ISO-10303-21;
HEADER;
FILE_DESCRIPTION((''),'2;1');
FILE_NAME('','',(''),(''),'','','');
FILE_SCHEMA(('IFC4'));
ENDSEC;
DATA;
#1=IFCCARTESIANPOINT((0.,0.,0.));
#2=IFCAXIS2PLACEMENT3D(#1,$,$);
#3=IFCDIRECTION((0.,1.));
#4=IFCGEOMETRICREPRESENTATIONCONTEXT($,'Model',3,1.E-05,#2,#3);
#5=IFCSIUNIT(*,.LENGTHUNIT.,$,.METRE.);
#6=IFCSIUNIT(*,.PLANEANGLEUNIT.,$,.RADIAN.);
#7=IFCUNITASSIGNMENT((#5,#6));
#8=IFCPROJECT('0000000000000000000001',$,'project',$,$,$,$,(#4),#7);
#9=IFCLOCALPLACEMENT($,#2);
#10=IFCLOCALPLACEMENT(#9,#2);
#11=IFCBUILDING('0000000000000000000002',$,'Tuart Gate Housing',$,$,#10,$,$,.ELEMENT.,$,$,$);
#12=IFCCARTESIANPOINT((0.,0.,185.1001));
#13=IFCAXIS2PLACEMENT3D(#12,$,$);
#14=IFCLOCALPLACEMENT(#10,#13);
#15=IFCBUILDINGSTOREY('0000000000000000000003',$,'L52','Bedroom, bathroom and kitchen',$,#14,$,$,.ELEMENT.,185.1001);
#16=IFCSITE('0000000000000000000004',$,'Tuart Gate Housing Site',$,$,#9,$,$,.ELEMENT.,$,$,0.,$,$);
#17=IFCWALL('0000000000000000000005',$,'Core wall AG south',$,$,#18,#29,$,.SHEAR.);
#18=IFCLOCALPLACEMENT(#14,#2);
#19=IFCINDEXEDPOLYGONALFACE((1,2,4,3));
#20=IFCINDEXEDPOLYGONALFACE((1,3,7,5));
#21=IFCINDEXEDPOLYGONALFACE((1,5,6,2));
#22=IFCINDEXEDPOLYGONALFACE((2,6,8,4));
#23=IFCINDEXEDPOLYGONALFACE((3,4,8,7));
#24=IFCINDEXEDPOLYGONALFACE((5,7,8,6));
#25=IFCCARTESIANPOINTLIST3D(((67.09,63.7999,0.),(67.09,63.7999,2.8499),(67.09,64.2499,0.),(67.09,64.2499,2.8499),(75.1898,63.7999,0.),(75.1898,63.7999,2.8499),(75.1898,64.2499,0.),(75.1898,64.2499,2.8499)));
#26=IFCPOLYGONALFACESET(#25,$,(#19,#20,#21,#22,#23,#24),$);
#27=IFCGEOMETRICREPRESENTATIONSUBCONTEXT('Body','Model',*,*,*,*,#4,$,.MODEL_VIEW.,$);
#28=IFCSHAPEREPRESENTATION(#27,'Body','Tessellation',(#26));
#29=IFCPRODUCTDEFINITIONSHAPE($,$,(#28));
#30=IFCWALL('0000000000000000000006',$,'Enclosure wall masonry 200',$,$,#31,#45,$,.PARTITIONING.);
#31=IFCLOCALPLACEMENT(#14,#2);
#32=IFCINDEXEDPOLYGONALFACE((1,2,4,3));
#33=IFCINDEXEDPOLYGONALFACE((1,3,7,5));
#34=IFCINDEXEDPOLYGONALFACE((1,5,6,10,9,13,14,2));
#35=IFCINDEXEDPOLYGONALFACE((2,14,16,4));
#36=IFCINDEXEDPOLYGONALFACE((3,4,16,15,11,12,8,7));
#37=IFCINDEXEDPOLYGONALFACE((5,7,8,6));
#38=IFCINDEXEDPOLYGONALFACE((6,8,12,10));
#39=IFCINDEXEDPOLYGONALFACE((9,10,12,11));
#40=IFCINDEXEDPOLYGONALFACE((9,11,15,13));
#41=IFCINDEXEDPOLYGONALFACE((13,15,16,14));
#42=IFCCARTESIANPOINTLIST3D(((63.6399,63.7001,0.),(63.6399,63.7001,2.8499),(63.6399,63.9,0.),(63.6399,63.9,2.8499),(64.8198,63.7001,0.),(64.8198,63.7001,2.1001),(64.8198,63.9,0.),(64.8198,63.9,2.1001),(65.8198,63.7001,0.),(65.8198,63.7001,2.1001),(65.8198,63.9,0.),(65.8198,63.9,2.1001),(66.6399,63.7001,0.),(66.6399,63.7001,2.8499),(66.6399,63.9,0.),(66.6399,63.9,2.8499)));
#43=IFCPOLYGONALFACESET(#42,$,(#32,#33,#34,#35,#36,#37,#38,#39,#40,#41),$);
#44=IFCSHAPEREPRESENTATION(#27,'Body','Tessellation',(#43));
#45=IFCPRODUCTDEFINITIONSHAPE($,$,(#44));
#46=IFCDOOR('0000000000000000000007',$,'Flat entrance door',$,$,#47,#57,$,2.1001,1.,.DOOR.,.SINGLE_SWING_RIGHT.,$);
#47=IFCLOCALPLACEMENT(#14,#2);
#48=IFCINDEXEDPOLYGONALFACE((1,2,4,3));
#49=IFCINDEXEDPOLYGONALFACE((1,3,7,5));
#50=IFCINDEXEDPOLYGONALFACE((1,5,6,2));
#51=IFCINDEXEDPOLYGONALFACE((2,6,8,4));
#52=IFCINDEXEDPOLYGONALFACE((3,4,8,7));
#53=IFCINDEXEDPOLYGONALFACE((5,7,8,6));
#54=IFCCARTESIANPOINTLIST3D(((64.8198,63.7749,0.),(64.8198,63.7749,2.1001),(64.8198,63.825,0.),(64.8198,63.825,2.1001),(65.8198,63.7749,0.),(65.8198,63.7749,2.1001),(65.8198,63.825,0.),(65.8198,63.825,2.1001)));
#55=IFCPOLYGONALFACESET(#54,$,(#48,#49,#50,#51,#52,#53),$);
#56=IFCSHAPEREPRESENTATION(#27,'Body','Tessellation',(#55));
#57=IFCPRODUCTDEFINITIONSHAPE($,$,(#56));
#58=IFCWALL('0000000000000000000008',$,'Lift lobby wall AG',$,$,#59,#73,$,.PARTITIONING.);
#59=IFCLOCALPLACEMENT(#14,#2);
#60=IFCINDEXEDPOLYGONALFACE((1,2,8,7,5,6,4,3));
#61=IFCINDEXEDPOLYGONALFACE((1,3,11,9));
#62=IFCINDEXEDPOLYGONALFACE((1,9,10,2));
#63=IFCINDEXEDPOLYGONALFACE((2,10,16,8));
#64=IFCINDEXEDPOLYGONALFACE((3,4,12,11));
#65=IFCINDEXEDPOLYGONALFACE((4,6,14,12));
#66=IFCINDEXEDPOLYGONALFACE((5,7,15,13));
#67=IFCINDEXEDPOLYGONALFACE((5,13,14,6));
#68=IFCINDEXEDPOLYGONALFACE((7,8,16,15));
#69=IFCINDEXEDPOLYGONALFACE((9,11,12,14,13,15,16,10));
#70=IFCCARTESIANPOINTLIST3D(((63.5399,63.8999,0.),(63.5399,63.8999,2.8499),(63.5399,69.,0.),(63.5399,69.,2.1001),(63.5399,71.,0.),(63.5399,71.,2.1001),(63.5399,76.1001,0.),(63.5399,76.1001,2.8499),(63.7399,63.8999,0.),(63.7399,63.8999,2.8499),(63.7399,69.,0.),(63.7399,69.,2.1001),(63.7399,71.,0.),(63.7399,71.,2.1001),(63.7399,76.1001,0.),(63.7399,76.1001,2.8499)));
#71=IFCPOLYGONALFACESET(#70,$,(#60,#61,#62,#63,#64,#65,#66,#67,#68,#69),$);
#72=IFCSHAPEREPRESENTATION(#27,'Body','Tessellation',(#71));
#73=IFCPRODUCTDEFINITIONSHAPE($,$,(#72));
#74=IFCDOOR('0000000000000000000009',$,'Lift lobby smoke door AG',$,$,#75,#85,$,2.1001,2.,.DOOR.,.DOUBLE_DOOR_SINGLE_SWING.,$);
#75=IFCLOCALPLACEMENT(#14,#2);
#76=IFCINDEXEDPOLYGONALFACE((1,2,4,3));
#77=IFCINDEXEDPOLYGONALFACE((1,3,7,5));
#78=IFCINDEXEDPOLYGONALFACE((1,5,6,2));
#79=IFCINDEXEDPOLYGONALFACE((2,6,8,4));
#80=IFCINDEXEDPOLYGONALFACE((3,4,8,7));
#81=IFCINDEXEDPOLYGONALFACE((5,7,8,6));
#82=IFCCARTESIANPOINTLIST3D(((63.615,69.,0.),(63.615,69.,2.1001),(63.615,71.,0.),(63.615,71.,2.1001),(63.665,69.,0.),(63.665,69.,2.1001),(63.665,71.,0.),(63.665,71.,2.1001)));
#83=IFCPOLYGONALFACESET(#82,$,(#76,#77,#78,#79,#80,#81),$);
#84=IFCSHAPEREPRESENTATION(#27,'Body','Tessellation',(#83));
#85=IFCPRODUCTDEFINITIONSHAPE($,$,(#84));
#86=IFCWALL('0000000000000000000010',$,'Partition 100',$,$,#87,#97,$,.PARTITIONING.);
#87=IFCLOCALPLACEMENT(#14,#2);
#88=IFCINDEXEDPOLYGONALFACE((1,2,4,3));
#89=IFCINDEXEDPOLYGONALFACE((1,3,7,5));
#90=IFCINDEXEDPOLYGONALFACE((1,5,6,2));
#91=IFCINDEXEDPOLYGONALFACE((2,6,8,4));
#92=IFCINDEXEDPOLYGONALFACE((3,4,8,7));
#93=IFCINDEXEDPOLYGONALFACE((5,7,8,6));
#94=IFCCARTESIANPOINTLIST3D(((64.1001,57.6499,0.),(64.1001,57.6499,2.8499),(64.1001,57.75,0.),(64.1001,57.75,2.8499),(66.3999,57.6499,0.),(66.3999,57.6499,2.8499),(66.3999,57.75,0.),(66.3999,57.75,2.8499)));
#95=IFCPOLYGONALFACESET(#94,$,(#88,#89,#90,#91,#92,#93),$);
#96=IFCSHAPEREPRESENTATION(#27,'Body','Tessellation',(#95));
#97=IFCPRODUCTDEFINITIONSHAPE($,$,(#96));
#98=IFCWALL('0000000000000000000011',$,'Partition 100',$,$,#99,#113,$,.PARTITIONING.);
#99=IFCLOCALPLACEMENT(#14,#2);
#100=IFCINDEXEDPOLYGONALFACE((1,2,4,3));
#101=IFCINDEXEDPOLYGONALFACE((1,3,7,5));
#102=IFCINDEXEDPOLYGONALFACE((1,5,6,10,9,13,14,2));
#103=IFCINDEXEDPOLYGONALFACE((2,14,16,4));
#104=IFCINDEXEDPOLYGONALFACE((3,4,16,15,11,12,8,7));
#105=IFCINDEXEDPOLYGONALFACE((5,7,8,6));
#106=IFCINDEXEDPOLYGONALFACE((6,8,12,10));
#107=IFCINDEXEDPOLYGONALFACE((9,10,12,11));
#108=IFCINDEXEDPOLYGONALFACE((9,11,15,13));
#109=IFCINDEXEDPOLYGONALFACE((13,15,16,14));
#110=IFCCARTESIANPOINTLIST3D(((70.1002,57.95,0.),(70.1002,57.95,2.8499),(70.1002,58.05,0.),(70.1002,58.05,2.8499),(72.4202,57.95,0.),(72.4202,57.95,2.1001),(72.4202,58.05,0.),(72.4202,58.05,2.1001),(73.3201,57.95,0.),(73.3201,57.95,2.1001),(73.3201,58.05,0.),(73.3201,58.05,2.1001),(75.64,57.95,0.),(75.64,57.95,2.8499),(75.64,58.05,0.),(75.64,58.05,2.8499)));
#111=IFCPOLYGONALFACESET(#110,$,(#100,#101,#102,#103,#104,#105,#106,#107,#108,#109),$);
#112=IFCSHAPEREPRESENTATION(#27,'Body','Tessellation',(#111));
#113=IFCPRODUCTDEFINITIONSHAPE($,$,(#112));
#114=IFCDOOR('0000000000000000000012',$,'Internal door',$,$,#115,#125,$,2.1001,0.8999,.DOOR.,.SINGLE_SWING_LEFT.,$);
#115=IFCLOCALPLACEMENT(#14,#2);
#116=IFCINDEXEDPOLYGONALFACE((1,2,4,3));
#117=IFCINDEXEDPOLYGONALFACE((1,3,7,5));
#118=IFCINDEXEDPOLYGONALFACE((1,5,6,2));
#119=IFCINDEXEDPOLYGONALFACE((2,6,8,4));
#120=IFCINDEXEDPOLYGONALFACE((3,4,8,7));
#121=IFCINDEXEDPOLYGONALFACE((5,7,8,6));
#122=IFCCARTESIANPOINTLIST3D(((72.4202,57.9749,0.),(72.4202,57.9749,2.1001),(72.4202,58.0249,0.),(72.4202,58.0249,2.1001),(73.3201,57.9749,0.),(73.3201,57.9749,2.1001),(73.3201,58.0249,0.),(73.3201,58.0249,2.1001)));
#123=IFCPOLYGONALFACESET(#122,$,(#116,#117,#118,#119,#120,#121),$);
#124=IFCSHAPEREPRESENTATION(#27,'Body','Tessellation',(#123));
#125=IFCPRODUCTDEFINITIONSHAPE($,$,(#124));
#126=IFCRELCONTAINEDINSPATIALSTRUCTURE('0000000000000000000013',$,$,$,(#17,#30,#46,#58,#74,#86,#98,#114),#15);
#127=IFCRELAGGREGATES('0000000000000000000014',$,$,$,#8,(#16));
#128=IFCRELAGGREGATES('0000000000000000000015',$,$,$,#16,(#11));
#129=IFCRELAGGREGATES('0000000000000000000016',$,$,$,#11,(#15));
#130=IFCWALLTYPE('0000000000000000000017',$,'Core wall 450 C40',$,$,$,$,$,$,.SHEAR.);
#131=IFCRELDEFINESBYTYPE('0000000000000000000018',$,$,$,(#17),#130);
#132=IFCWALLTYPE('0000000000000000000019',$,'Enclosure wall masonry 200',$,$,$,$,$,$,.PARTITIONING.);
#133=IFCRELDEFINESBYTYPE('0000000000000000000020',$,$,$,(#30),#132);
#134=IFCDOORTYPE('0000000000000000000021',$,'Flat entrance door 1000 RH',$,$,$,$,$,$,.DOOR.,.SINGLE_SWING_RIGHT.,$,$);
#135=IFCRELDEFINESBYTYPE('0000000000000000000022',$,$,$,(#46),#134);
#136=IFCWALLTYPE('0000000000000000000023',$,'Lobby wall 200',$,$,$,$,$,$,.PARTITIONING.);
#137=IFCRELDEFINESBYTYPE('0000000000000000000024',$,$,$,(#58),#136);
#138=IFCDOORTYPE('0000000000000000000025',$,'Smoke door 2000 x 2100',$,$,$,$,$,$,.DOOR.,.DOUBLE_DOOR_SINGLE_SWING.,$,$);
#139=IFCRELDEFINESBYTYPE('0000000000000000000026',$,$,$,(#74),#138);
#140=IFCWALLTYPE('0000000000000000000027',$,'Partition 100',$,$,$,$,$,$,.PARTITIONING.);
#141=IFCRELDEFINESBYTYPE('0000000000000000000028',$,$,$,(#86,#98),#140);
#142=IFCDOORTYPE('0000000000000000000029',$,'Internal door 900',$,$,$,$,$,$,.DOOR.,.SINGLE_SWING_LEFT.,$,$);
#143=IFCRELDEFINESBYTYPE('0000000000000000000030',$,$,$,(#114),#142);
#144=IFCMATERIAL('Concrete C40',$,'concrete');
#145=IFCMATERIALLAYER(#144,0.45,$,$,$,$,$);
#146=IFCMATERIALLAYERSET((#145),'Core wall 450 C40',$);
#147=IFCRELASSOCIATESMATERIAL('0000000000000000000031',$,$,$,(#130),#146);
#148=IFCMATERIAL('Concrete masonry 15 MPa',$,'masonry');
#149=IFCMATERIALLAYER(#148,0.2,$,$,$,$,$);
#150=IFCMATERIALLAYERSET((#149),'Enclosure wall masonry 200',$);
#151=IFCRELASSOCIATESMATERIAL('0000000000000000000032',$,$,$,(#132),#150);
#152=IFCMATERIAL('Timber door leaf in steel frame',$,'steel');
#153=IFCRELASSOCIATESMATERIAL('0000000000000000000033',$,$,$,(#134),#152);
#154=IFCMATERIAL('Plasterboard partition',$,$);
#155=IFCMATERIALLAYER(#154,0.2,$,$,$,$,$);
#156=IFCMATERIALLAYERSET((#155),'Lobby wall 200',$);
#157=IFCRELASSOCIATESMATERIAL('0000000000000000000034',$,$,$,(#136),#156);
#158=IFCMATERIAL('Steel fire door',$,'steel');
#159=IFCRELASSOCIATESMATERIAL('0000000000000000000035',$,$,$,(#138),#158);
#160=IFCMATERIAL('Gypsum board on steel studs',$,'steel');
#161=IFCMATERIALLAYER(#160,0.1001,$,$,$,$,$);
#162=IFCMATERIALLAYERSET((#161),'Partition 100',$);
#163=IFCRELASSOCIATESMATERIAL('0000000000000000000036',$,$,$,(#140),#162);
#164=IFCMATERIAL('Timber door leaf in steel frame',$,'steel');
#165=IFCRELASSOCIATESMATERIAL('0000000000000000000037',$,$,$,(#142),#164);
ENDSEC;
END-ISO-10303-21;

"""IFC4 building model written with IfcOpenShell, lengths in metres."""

from ifc_helpers import new_model, si_unit, direction, frame, frame_2d, origin, place, context, subcontext, project, spatial, rectangle, extrude, material, layer, layer_set, type_object, element, fill, save


model = new_model("IFC4")

# Units and contexts
model_context = context("Model", 3, precision=1e-05, world=origin(), true_north=direction((0.0, 1.0)))
body_context = subcontext(model_context, "Body", "Model", "MODEL_VIEW")
ifc_project = project(units=[si_unit("LENGTHUNIT", "METRE"), si_unit("PLANEANGLEUNIT", "RADIAN")], contexts=[model_context])

# Site, building, storey
site_placement = place(None, origin())
site = spatial("IfcSite", under=ifc_project, at=site_placement, Name="Tuart Gate Housing Site", CompositionType="ELEMENT", RefElevation=0.0)
building_placement = place(site_placement, origin())
building = spatial("IfcBuilding", under=site, at=building_placement, Name="Tuart Gate Housing", CompositionType="ELEMENT")
storey_placement = place(building_placement, frame((0.0, 0.0, 185.1001)))
storey = spatial("IfcBuildingStorey", under=building, at=storey_placement, Name="L52", Description="Bedroom, bathroom and kitchen", CompositionType="ELEMENT", Elevation=185.1001)

# Shared definitions
ifc_material_1 = material(Name="Concrete C40", Category="concrete")
ifc_layer_1 = layer(ifc_material_1, 0.45)
ifc_layer_set_1 = layer_set([ifc_layer_1], Name="Core wall 450 C40")
wall_type_1 = type_object("IfcWallType", Name="Core wall 450 C40", PredefinedType="SHEAR", material=ifc_layer_set_1)

# Wall
wall_1_placement = place(storey_placement, frame((67.0901, 64.0249, 0.0), z_axis=(0.0, 0.0, 1.0), x_axis=(1.0, 0.0, 0.0)))
element("IfcWall", 1, at=wall_1_placement, inside=storey, type_object=wall_type_1, Name="Core wall AG south", PredefinedType="SHEAR", context=body_context, shape_type="SweptSolid", body=[
    extrude(rectangle(XDim=8.0999, YDim=0.45, at=frame_2d((4.0498, 0.0))), origin(), (0.0, 0.0, 1.0), 2.8499),
])

# Walls, openings, doors
ifc_material_2 = material(Name="Concrete masonry 15 MPa", Category="masonry")
ifc_layer_2 = layer(ifc_material_2, 0.2)
ifc_layer_set_2 = layer_set([ifc_layer_2], Name="Enclosure wall masonry 200")
wall_type_2 = type_object("IfcWallType", Name="Enclosure wall masonry 200", PredefinedType="PARTITIONING", material=ifc_layer_set_2)
wall_2_placement = place(storey_placement, frame((63.6399, 63.8, 0.0), z_axis=(0.0, 0.0, 1.0), x_axis=(1.0, 0.0, 0.0)))
wall_2 = element("IfcWall", 2, at=wall_2_placement, inside=storey, type_object=wall_type_2, Name="Enclosure wall masonry 200", PredefinedType="PARTITIONING", context=body_context, shape_type="SweptSolid", body=[
    extrude(rectangle(XDim=3.0, YDim=0.2, at=frame_2d((1.5, 0.0))), origin(), (0.0, 0.0, 1.0), 2.8499),
])
opening_1_placement = place(wall_2_placement, frame((1.1799, 0.0, 0.0)))
opening_1 = element("IfcOpeningElement", 3, at=opening_1_placement, cuts=wall_2, PredefinedType="OPENING", context=body_context, shape_type="SweptSolid", body=[
    extrude(rectangle(XDim=1.0, YDim=2.1001, at=frame_2d((0.5, 1.05))), frame((0.0, 0.1099, 0.0), z_axis=(0.0, -1.0, 0.0), x_axis=(1.0, 0.0, 0.0)), (0.0, 0.0, 1.0), 0.22),
])
ifc_material_3 = material(Name="Timber door leaf in steel frame", Category="steel")
door_type_1 = type_object("IfcDoorType", Name="Flat entrance door 1000 RH", OperationType="SINGLE_SWING_RIGHT", PredefinedType="DOOR", material=ifc_material_3)
door_1_placement = place(opening_1_placement, frame((1.0, 0.0, 0.0), z_axis=(0.0, 0.0, 1.0), x_axis=(-1.0, 0.0, 0.0)))
door_1 = element("IfcDoor", 4, at=door_1_placement, inside=storey, type_object=door_type_1, Name="Flat entrance door", OperationType="SINGLE_SWING_RIGHT", OverallHeight=2.1001, OverallWidth=1.0, PredefinedType="DOOR", context=body_context, shape_type="SweptSolid", body=[
    extrude(rectangle(XDim=1.0, YDim=2.1001, at=frame_2d((0.5, 1.05))), frame((0.0, 0.0251, 0.0), z_axis=(0.0, -1.0, 0.0), x_axis=(1.0, 0.0, 0.0)), (0.0, 0.0, 1.0), 0.05),
])
fill(opening_1, door_1)
ifc_material_4 = material(Name="Plasterboard partition")
ifc_layer_3 = layer(ifc_material_4, 0.2)
ifc_layer_set_3 = layer_set([ifc_layer_3], Name="Lobby wall 200")
wall_type_3 = type_object("IfcWallType", Name="Lobby wall 200", PredefinedType="PARTITIONING", material=ifc_layer_set_3)
wall_3_placement = place(storey_placement, frame((63.6399, 63.8999, 0.0), z_axis=(0.0, 0.0, 1.0), x_axis=(0.0, 1.0, 0.0)))
wall_3 = element("IfcWall", 5, at=wall_3_placement, inside=storey, type_object=wall_type_3, Name="Lift lobby wall AG", PredefinedType="PARTITIONING", context=body_context, shape_type="SweptSolid", body=[
    extrude(rectangle(XDim=12.2002, YDim=0.2, at=frame_2d((6.1001, 0.0))), origin(), (0.0, 0.0, 1.0), 2.8499),
])
opening_2_placement = place(wall_3_placement, frame((5.1001, 0.0, 0.0)))
opening_2 = element("IfcOpeningElement", 6, at=opening_2_placement, cuts=wall_3, PredefinedType="OPENING", context=body_context, shape_type="SweptSolid", body=[
    extrude(rectangle(XDim=2.0, YDim=2.1001, at=frame_2d((1.0, 1.05))), frame((0.0, 0.1099, 0.0), z_axis=(0.0, -1.0, 0.0), x_axis=(1.0, 0.0, 0.0)), (0.0, 0.0, 1.0), 0.22),
])
ifc_material_5 = material(Name="Steel fire door", Category="steel")
door_type_2 = type_object("IfcDoorType", Name="Smoke door 2000 x 2100", OperationType="DOUBLE_DOOR_SINGLE_SWING", PredefinedType="DOOR", material=ifc_material_5)
door_2_placement = place(opening_2_placement, frame((2.0, 0.0, 0.0), z_axis=(0.0, 0.0, 1.0), x_axis=(-1.0, 0.0, 0.0)))
door_2 = element("IfcDoor", 7, at=door_2_placement, inside=storey, type_object=door_type_2, Name="Lift lobby smoke door AG", OperationType="DOUBLE_DOOR_SINGLE_SWING", OverallHeight=2.1001, OverallWidth=2.0, PredefinedType="DOOR", context=body_context, shape_type="SweptSolid", body=[
    extrude(rectangle(XDim=2.0, YDim=2.1001, at=frame_2d((1.0, 1.05))), frame((0.0, 0.0251, 0.0), z_axis=(0.0, -1.0, 0.0), x_axis=(1.0, 0.0, 0.0)), (0.0, 0.0, 1.0), 0.05),
])
fill(opening_2, door_2)

# Wall
ifc_material_6 = material(Name="Gypsum board on steel studs", Category="steel")
ifc_layer_4 = layer(ifc_material_6, 0.1001)
ifc_layer_set_4 = layer_set([ifc_layer_4], Name="Partition 100")
wall_type_4 = type_object("IfcWallType", Name="Partition 100", PredefinedType="PARTITIONING", material=ifc_layer_set_4)
wall_4_placement = place(storey_placement, frame((64.1001, 57.7, 0.0), z_axis=(0.0, 0.0, 1.0), x_axis=(1.0, 0.0, 0.0)))
element("IfcWall", 8, at=wall_4_placement, inside=storey, type_object=wall_type_4, Name="Partition 100", PredefinedType="PARTITIONING", context=body_context, shape_type="SweptSolid", body=[
    extrude(rectangle(XDim=2.2998, YDim=0.1001, at=frame_2d((1.1499, 0.0))), origin(), (0.0, 0.0, 1.0), 2.8499),
])

# Wall, opening, door
wall_5_placement = place(storey_placement, frame((70.1001, 58.0, 0.0), z_axis=(0.0, 0.0, 1.0), x_axis=(1.0, 0.0, 0.0)))
wall_5 = element("IfcWall", 9, at=wall_5_placement, inside=storey, type_object=wall_type_4, Name="Partition 100", PredefinedType="PARTITIONING", context=body_context, shape_type="SweptSolid", body=[
    extrude(rectangle(XDim=5.5398, YDim=0.1001, at=frame_2d((2.77, 0.0))), origin(), (0.0, 0.0, 1.0), 2.8499),
])
opening_3_placement = place(wall_5_placement, frame((2.3201, 0.0, 0.0)))
opening_3 = element("IfcOpeningElement", 10, at=opening_3_placement, cuts=wall_5, PredefinedType="OPENING", context=body_context, shape_type="SweptSolid", body=[
    extrude(rectangle(XDim=0.8999, YDim=2.1001, at=frame_2d((0.45, 1.05))), frame((0.0, 0.0601, 0.0), z_axis=(0.0, -1.0, 0.0), x_axis=(1.0, 0.0, 0.0)), (0.0, 0.0, 1.0), 0.1201),
])
ifc_material_7 = material(Name="Timber door leaf in steel frame", Category="steel")
door_type_3 = type_object("IfcDoorType", Name="Internal door 900", OperationType="SINGLE_SWING_LEFT", PredefinedType="DOOR", material=ifc_material_7)
door_3_placement = place(opening_3_placement, frame((0.8999, 0.0, 0.0), z_axis=(0.0, 0.0, 1.0), x_axis=(-1.0, 0.0, 0.0)))
door_3 = element("IfcDoor", 11, at=door_3_placement, inside=storey, type_object=door_type_3, Name="Internal door", OperationType="SINGLE_SWING_LEFT", OverallHeight=2.1001, OverallWidth=0.8999, PredefinedType="DOOR", context=body_context, shape_type="SweptSolid", body=[
    extrude(rectangle(XDim=0.8999, YDim=2.1001, at=frame_2d((0.45, 1.05))), frame((0.0, 0.0251, 0.0), z_axis=(0.0, -1.0, 0.0), x_axis=(1.0, 0.0, 0.0)), (0.0, 0.0, 1.0), 0.05),
])
fill(opening_3, door_3)

save(model, "model.ifc")
